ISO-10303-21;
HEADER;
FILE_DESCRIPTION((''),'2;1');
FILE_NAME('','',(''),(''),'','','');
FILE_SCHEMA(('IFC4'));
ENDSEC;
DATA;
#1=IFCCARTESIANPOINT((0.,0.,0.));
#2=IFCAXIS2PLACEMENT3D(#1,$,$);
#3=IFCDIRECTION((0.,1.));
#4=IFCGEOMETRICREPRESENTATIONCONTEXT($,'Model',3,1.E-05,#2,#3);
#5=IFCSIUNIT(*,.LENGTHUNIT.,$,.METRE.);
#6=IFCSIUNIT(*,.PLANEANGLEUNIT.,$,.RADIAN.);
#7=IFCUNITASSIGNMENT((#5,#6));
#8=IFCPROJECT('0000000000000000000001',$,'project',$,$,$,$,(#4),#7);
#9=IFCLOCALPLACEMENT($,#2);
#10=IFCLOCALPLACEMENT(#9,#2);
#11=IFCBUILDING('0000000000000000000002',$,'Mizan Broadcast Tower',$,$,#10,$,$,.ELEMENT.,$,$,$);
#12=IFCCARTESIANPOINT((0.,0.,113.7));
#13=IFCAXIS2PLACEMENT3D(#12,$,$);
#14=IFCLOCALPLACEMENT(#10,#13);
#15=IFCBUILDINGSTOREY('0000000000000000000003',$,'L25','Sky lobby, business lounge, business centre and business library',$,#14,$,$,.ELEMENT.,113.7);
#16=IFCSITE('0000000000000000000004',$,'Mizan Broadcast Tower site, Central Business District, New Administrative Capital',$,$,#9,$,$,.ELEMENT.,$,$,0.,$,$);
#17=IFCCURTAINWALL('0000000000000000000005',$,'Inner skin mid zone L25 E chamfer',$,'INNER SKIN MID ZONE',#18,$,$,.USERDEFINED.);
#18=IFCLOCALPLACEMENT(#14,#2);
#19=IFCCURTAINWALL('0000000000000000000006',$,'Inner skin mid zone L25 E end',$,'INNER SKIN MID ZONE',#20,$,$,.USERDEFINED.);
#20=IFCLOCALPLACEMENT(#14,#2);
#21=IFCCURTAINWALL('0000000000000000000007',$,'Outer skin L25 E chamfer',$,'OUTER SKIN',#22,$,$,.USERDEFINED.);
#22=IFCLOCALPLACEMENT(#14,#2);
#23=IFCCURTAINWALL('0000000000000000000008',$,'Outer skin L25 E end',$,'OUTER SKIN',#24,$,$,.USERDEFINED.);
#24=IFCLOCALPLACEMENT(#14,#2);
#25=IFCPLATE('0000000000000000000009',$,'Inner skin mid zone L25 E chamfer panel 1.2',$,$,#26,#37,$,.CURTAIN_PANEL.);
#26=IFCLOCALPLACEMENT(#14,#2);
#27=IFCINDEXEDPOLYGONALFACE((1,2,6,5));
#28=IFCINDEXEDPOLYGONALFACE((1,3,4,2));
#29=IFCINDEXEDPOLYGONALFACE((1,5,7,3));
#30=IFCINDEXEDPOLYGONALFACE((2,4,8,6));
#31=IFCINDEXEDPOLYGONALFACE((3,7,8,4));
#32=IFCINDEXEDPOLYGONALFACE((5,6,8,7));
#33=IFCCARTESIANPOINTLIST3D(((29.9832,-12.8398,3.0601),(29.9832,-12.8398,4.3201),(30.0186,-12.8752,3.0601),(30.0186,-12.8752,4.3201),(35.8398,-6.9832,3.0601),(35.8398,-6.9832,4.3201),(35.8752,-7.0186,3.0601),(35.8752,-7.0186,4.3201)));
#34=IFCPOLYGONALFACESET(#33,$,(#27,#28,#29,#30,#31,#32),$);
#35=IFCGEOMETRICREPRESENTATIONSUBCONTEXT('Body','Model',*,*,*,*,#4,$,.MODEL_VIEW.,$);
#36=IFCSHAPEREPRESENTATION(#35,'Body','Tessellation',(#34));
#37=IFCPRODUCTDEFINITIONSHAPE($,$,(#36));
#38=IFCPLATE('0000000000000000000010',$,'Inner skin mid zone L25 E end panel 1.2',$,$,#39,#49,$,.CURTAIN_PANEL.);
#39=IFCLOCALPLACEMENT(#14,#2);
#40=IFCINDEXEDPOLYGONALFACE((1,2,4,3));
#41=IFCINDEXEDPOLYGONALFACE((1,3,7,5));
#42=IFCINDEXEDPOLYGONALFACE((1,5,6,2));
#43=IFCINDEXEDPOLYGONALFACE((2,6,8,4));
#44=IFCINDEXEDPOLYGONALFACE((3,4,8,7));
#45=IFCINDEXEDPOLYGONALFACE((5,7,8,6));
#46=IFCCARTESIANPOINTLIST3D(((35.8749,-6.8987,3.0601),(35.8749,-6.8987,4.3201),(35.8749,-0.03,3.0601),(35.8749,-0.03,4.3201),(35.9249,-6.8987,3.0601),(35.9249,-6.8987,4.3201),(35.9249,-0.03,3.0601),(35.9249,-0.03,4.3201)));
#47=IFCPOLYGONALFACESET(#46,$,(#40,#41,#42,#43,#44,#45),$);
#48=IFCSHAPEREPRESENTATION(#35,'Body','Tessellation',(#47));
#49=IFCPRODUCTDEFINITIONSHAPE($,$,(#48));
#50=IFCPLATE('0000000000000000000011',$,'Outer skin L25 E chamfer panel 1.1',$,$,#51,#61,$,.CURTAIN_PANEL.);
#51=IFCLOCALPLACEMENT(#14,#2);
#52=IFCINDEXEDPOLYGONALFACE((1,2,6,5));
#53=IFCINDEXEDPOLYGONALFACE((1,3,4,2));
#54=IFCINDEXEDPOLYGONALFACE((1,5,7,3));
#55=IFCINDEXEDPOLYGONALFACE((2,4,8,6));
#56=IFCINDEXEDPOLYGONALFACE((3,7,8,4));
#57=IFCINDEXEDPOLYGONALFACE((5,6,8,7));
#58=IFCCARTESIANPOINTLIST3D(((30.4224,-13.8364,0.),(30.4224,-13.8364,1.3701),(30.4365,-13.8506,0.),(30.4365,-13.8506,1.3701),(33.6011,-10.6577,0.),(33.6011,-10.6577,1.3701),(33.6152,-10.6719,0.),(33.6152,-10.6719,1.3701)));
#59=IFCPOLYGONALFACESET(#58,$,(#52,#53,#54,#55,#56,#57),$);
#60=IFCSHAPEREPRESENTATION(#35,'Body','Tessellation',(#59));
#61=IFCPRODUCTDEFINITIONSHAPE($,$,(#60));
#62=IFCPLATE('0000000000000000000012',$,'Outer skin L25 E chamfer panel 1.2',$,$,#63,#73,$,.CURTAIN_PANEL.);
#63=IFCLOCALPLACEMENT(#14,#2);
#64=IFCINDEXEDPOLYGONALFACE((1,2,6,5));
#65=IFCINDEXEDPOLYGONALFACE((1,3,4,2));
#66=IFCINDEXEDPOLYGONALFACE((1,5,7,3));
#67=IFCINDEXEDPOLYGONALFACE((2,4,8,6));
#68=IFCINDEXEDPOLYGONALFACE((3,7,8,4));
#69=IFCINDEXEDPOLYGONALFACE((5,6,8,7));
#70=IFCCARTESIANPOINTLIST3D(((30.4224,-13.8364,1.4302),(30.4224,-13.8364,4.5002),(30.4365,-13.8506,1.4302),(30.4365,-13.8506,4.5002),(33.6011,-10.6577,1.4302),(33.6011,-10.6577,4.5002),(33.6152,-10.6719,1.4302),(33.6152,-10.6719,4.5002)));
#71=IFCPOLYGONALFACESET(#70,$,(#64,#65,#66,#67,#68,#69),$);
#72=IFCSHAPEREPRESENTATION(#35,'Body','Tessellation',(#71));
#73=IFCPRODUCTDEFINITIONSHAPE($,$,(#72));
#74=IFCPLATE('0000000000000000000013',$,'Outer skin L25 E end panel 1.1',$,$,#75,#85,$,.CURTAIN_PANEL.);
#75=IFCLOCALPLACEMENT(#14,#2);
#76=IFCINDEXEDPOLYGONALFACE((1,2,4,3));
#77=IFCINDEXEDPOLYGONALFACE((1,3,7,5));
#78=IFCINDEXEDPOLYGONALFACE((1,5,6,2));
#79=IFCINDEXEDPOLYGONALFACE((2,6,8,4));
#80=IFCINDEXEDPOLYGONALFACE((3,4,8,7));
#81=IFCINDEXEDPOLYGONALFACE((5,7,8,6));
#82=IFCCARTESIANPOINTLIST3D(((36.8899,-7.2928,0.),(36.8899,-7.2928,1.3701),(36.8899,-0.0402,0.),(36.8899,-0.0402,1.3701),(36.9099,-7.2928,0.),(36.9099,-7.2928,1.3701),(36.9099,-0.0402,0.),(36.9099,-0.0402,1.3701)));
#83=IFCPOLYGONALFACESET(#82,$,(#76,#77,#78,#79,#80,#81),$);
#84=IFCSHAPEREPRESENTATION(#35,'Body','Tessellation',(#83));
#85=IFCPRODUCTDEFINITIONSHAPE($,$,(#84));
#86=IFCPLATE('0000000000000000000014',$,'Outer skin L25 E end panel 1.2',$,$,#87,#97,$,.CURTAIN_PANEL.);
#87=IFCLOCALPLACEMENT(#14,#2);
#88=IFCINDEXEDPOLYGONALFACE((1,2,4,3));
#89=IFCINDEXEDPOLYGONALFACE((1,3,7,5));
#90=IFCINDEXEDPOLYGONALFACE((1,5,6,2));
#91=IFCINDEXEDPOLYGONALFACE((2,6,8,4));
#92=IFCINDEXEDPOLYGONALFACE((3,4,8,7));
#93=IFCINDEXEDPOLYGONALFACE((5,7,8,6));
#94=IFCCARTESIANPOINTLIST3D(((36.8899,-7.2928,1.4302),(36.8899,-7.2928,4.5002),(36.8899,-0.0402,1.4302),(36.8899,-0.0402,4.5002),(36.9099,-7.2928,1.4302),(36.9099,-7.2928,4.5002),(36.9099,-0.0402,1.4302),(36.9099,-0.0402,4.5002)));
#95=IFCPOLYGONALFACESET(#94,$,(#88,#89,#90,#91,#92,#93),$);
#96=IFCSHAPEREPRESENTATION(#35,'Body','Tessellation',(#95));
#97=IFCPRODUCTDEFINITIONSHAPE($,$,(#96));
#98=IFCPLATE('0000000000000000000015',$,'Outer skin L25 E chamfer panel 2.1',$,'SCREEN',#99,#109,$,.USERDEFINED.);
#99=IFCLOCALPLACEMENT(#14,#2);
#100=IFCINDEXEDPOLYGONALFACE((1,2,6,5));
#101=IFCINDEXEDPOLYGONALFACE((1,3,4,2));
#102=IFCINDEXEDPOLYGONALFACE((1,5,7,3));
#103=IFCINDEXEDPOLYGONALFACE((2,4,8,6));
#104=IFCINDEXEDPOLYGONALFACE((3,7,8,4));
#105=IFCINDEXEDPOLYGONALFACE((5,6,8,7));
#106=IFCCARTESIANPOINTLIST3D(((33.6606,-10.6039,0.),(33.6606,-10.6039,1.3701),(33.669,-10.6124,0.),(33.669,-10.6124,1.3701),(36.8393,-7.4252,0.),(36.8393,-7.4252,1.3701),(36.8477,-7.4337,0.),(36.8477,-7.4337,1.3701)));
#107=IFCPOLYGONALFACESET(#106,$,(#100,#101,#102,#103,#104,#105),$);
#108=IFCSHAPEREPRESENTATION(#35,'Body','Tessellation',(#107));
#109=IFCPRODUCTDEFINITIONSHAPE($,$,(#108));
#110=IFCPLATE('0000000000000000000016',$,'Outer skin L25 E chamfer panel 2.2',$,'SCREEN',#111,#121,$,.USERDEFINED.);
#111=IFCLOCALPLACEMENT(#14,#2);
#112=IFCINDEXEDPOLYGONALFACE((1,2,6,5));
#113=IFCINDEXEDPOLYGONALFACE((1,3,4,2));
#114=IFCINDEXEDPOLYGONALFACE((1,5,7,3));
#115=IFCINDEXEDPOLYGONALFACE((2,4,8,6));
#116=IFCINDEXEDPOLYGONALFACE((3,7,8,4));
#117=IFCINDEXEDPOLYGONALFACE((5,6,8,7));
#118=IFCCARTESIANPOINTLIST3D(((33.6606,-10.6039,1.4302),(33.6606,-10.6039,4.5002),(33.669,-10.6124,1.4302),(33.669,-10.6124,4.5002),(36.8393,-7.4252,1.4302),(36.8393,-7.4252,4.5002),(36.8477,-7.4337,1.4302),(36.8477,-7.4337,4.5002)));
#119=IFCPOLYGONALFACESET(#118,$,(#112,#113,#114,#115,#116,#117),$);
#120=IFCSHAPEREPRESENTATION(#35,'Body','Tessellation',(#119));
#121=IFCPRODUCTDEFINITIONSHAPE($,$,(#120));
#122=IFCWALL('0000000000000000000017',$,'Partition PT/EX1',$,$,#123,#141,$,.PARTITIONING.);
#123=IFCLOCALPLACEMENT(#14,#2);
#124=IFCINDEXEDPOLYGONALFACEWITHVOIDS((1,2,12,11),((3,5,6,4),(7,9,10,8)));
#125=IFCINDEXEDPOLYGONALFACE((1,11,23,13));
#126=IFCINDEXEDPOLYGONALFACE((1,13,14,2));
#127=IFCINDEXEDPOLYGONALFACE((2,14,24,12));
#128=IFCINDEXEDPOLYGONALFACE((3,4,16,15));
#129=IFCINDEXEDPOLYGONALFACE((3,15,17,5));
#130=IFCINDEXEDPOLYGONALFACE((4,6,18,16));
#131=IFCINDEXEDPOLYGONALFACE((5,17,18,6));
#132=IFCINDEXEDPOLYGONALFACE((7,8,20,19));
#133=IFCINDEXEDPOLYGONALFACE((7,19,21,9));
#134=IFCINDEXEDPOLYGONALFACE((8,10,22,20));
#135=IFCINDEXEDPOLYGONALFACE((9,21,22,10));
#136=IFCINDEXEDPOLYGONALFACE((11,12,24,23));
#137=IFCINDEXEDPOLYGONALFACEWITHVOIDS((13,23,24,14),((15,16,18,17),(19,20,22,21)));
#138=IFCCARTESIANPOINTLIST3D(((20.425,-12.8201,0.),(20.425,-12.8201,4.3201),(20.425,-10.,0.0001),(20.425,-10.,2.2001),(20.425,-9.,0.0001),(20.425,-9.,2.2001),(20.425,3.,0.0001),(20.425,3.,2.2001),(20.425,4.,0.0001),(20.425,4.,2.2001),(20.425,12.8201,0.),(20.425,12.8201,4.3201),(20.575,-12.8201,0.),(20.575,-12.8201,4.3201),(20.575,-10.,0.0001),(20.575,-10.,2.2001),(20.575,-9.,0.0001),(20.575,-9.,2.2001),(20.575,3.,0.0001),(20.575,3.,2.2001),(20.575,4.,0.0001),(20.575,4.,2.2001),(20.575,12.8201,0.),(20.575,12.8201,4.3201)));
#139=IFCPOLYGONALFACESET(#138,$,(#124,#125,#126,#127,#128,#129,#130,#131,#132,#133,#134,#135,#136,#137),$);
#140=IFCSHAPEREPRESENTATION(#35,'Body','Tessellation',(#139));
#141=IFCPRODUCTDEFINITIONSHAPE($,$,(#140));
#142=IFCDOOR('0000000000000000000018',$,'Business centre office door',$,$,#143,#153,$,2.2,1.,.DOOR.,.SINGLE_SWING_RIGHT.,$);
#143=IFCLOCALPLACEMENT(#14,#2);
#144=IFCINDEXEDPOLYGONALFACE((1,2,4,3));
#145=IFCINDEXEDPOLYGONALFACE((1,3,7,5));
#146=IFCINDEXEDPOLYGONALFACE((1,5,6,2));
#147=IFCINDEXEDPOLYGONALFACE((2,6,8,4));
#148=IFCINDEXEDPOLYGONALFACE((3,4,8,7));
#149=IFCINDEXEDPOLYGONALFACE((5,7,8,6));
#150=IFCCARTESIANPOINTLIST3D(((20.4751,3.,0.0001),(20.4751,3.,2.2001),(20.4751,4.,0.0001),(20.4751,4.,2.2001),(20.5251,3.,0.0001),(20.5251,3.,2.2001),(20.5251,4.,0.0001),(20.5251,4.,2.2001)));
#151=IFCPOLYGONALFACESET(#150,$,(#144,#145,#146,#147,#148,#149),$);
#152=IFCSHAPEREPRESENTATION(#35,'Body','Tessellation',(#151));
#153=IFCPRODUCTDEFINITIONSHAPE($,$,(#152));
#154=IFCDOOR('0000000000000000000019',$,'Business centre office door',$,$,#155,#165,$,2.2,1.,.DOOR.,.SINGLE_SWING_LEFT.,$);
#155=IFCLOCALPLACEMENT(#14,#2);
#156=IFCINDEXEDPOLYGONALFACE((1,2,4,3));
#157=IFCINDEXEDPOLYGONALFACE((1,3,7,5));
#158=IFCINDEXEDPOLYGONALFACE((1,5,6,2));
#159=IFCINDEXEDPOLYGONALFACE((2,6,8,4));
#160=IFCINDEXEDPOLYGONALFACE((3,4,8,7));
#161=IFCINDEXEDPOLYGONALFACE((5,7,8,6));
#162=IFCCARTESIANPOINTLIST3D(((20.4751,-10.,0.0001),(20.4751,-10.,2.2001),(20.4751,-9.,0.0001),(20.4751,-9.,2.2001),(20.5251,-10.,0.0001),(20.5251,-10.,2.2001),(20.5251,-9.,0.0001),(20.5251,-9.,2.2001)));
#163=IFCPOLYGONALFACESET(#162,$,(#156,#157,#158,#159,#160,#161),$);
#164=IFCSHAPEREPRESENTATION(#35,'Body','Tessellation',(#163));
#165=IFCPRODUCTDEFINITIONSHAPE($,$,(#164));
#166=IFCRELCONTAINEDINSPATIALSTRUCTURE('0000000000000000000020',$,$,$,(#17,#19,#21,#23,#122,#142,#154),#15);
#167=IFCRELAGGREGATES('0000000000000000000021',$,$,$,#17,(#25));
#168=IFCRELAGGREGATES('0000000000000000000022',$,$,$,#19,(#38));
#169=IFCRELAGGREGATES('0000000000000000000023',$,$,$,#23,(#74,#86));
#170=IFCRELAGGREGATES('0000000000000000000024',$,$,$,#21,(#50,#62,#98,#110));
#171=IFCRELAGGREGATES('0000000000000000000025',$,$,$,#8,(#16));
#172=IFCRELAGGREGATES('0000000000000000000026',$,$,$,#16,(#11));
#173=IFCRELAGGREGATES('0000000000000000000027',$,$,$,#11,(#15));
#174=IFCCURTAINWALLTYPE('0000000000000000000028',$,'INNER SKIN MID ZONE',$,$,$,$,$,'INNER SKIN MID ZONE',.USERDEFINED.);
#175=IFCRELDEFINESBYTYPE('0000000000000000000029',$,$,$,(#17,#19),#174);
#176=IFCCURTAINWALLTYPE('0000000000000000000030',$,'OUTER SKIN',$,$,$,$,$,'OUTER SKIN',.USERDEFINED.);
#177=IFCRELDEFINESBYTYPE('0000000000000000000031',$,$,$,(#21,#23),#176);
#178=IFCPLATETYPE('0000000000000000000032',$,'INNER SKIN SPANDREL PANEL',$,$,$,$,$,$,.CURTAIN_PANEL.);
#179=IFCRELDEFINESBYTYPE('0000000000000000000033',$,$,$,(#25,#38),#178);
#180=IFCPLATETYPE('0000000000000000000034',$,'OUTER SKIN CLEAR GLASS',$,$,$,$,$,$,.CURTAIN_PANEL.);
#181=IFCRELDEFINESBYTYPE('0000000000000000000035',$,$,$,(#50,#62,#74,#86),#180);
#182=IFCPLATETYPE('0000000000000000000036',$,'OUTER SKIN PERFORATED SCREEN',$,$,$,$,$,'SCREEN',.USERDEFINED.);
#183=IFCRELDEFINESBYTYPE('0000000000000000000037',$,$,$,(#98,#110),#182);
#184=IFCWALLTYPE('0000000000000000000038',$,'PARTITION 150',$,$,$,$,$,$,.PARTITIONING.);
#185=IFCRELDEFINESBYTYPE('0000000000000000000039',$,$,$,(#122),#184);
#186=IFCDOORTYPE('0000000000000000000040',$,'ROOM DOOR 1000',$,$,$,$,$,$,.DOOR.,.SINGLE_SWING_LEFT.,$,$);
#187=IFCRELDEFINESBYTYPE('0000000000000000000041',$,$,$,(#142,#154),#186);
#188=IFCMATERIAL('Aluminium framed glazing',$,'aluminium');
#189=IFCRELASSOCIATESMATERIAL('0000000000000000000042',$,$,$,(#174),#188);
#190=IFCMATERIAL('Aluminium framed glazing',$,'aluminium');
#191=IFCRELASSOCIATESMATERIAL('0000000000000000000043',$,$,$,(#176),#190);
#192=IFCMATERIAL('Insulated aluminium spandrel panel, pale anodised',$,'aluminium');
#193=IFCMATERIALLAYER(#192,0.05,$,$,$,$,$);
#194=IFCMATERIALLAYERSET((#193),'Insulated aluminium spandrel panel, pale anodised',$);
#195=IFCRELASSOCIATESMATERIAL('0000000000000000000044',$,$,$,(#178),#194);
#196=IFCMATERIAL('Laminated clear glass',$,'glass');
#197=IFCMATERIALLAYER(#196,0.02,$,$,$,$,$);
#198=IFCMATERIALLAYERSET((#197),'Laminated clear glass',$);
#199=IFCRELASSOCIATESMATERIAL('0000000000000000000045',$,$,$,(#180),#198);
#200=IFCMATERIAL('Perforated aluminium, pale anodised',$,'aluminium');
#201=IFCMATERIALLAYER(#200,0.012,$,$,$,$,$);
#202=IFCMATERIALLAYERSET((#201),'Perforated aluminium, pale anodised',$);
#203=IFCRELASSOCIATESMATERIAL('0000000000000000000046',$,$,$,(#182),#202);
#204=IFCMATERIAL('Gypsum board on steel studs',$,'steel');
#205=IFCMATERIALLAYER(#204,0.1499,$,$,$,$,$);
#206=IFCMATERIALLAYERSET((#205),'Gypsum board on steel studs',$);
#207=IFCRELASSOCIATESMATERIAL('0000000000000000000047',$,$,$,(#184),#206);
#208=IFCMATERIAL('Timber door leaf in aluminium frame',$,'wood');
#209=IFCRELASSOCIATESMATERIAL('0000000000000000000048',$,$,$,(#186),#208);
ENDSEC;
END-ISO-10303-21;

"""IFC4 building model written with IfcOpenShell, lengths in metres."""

from ifc_helpers import new_model, si_unit, direction, frame, frame_2d, origin, origin_2d, place, context, subcontext, project, spatial, rectangle, extrude, material, layer, layer_set, type_object, element, fill, aggregate, save


model = new_model("IFC4")

# Units and contexts
model_context = context("Model", 3, precision=1e-05, world=origin(), true_north=direction((0.0, 1.0)))
body_context = subcontext(model_context, "Body", "Model", "MODEL_VIEW")
ifc_project = project(units=[si_unit("LENGTHUNIT", "METRE"), si_unit("PLANEANGLEUNIT", "RADIAN")], contexts=[model_context])

# Site, building, storey
site_placement = place(None, origin())
site = spatial("IfcSite", under=ifc_project, at=site_placement, Name="Mizan Broadcast Tower site, Central Business District, New Administrative Capital", CompositionType="ELEMENT", RefElevation=0.0)
building_placement = place(site_placement, origin())
building = spatial("IfcBuilding", under=site, at=building_placement, Name="Mizan Broadcast Tower", CompositionType="ELEMENT")
storey_placement = place(building_placement, frame((0.0, 0.0, 113.7)))
storey = spatial("IfcBuildingStorey", under=building, at=storey_placement, Name="L25", Description="Sky lobby, business lounge, business centre and business library", CompositionType="ELEMENT", Elevation=113.7)

# Shared definitions
ifc_material_1 = material(Name="Aluminium framed glazing", Category="aluminium")
curtain_wall_type_1 = type_object("IfcCurtainWallType", Name="INNER SKIN MID ZONE", ElementType="INNER SKIN MID ZONE", PredefinedType="USERDEFINED", material=ifc_material_1)

# Curtain wall
curtain_wall_1_placement = place(storey_placement, origin())
curtain_wall_1 = element("IfcCurtainWall", 1, at=curtain_wall_1_placement, inside=storey, type_object=curtain_wall_type_1, Name="Inner skin mid zone L25 E chamfer", ObjectType="INNER SKIN MID ZONE", PredefinedType="USERDEFINED")

# Curtain wall
curtain_wall_2_placement = place(storey_placement, origin())
curtain_wall_2 = element("IfcCurtainWall", 2, at=curtain_wall_2_placement, inside=storey, type_object=curtain_wall_type_1, Name="Inner skin mid zone L25 E end", ObjectType="INNER SKIN MID ZONE", PredefinedType="USERDEFINED")

# Curtain wall
ifc_material_2 = material(Name="Aluminium framed glazing", Category="aluminium")
curtain_wall_type_2 = type_object("IfcCurtainWallType", Name="OUTER SKIN", ElementType="OUTER SKIN", PredefinedType="USERDEFINED", material=ifc_material_2)
curtain_wall_3_placement = place(storey_placement, origin())
curtain_wall_3 = element("IfcCurtainWall", 3, at=curtain_wall_3_placement, inside=storey, type_object=curtain_wall_type_2, Name="Outer skin L25 E chamfer", ObjectType="OUTER SKIN", PredefinedType="USERDEFINED")

# Curtain wall
curtain_wall_4_placement = place(storey_placement, origin())
curtain_wall_4 = element("IfcCurtainWall", 4, at=curtain_wall_4_placement, inside=storey, type_object=curtain_wall_type_2, Name="Outer skin L25 E end", ObjectType="OUTER SKIN", PredefinedType="USERDEFINED")

# Plates
ifc_material_3 = material(Name="Insulated aluminium spandrel panel, pale anodised", Category="aluminium")
ifc_layer_1 = layer(ifc_material_3, 0.05)
ifc_layer_set_1 = layer_set([ifc_layer_1], Name="Insulated aluminium spandrel panel, pale anodised")
plate_type_1 = type_object("IfcPlateType", Name="INNER SKIN SPANDREL PANEL", PredefinedType="CURTAIN_PANEL", material=ifc_layer_set_1)
plate_1_placement = place(storey_placement, frame((32.9292, -9.9292, 3.0601), z_axis=(0.0, 0.0, 1.0), x_axis=(0.707107, 0.707107, 0.0)))
plate_1 = element("IfcPlate", 5, at=plate_1_placement, type_object=plate_type_1, Name="Inner skin mid zone L25 E chamfer panel 1.2", PredefinedType="CURTAIN_PANEL", context=body_context, shape_type="SweptSolid", body=[
    extrude(rectangle(XDim=8.2825, YDim=0.05, at=origin_2d()), origin(), (0.0, 0.0, 1.0), 1.26),
])
aggregate(curtain_wall_1, [plate_1])
plate_2_placement = place(storey_placement, frame((35.8999, -3.4644, 3.0601), z_axis=(0.0, 0.0, 1.0), x_axis=(0.0, 1.0, 0.0)))
plate_2 = element("IfcPlate", 6, at=plate_2_placement, type_object=plate_type_1, Name="Inner skin mid zone L25 E end panel 1.2", PredefinedType="CURTAIN_PANEL", context=body_context, shape_type="SweptSolid", body=[
    extrude(rectangle(XDim=6.8687, YDim=0.05, at=origin_2d()), origin(), (0.0, 0.0, 1.0), 1.26),
])
aggregate(curtain_wall_2, [plate_2])
ifc_material_4 = material(Name="Laminated clear glass", Category="glass")
ifc_layer_2 = layer(ifc_material_4, 0.02)
ifc_layer_set_2 = layer_set([ifc_layer_2], Name="Laminated clear glass")
plate_type_2 = type_object("IfcPlateType", Name="OUTER SKIN CLEAR GLASS", PredefinedType="CURTAIN_PANEL", material=ifc_layer_set_2)
plate_3_placement = place(storey_placement, frame((32.0188, -12.2542, 0.0), z_axis=(0.0, 0.0, 1.0), x_axis=(0.707107, 0.707107, 0.0)))
plate_3 = element("IfcPlate", 7, at=plate_3_placement, type_object=plate_type_2, Name="Outer skin L25 E chamfer panel 1.1", PredefinedType="CURTAIN_PANEL", context=body_context, shape_type="SweptSolid", body=[
    extrude(rectangle(XDim=4.4954, YDim=0.02, at=origin_2d()), origin(), (0.0, 0.0, 1.0), 1.3701),
])
plate_4_placement = place(storey_placement, frame((32.0188, -12.2542, 1.4302), z_axis=(0.0, 0.0, 1.0), x_axis=(0.707107, 0.707107, 0.0)))
plate_4 = element("IfcPlate", 8, at=plate_4_placement, type_object=plate_type_2, Name="Outer skin L25 E chamfer panel 1.2", PredefinedType="CURTAIN_PANEL", context=body_context, shape_type="SweptSolid", body=[
    extrude(rectangle(XDim=4.4954, YDim=0.02, at=origin_2d()), origin(), (0.0, 0.0, 1.0), 3.0701),
])
plate_5_placement = place(storey_placement, frame((36.8999, -3.6665, 0.0), z_axis=(0.0, 0.0, 1.0), x_axis=(0.0, 1.0, 0.0)))
plate_5 = element("IfcPlate", 9, at=plate_5_placement, type_object=plate_type_2, Name="Outer skin L25 E end panel 1.1", PredefinedType="CURTAIN_PANEL", context=body_context, shape_type="SweptSolid", body=[
    extrude(rectangle(XDim=7.2527, YDim=0.02, at=origin_2d()), origin(), (0.0, 0.0, 1.0), 1.3701),
])
plate_6_placement = place(storey_placement, frame((36.8999, -3.6665, 1.4302), z_axis=(0.0, 0.0, 1.0), x_axis=(0.0, 1.0, 0.0)))
plate_6 = element("IfcPlate", 10, at=plate_6_placement, type_object=plate_type_2, Name="Outer skin L25 E end panel 1.2", PredefinedType="CURTAIN_PANEL", context=body_context, shape_type="SweptSolid", body=[
    extrude(rectangle(XDim=7.2527, YDim=0.02, at=origin_2d()), origin(), (0.0, 0.0, 1.0), 3.0701),
])
aggregate(curtain_wall_4, [plate_5, plate_6])
ifc_material_5 = material(Name="Perforated aluminium, pale anodised", Category="aluminium")
ifc_layer_3 = layer(ifc_material_5, 0.012)
ifc_layer_set_3 = layer_set([ifc_layer_3], Name="Perforated aluminium, pale anodised")
plate_type_3 = type_object("IfcPlateType", Name="OUTER SKIN PERFORATED SCREEN", ElementType="SCREEN", PredefinedType="USERDEFINED", material=ifc_layer_set_3)
plate_7_placement = place(storey_placement, frame((35.2542, -9.0188, 0.0), z_axis=(0.0, 0.0, 1.0), x_axis=(0.707107, 0.707107, 0.0)))
plate_7 = element("IfcPlate", 11, at=plate_7_placement, type_object=plate_type_3, Name="Outer skin L25 E chamfer panel 2.1", ObjectType="SCREEN", PredefinedType="USERDEFINED", context=body_context, shape_type="SweptSolid", body=[
    extrude(rectangle(XDim=4.4954, YDim=0.012, at=origin_2d()), origin(), (0.0, 0.0, 1.0), 1.3701),
])
plate_8_placement = place(storey_placement, frame((35.2542, -9.0188, 1.4302), z_axis=(0.0, 0.0, 1.0), x_axis=(0.707107, 0.707107, 0.0)))
plate_8 = element("IfcPlate", 12, at=plate_8_placement, type_object=plate_type_3, Name="Outer skin L25 E chamfer panel 2.2", ObjectType="SCREEN", PredefinedType="USERDEFINED", context=body_context, shape_type="SweptSolid", body=[
    extrude(rectangle(XDim=4.4954, YDim=0.012, at=origin_2d()), origin(), (0.0, 0.0, 1.0), 3.0701),
])
aggregate(curtain_wall_3, [plate_3, plate_4, plate_7, plate_8])

# Wall, openings, doors
ifc_material_6 = material(Name="Gypsum board on steel studs", Category="steel")
ifc_layer_4 = layer(ifc_material_6, 0.1499)
ifc_layer_set_4 = layer_set([ifc_layer_4], Name="Gypsum board on steel studs")
wall_type = type_object("IfcWallType", Name="PARTITION 150", PredefinedType="PARTITIONING", material=ifc_layer_set_4)
wall_placement = place(storey_placement, frame((20.5, -12.8201, 0.0), z_axis=(0.0, 0.0, 1.0), x_axis=(0.0, 1.0, 0.0)))
wall = element("IfcWall", 13, at=wall_placement, inside=storey, type_object=wall_type, Name="Partition PT/EX1", PredefinedType="PARTITIONING", context=body_context, shape_type="SweptSolid", body=[
    extrude(rectangle(XDim=25.6401, YDim=0.1499, at=frame_2d((12.8201, 0.0))), origin(), (0.0, 0.0, 1.0), 4.3201),
])
opening_1_placement = place(wall_placement, frame((15.8201, 0.0, 0.0)))
opening_1 = element("IfcOpeningElement", 14, at=opening_1_placement, cuts=wall, PredefinedType="OPENING", context=body_context, shape_type="SweptSolid", body=[
    extrude(rectangle(XDim=1.0, YDim=2.2, at=frame_2d((0.5, 1.1001))), frame((0.0, 0.085, 0.0), z_axis=(0.0, -1.0, 0.0), x_axis=(1.0, 0.0, 0.0)), (0.0, 0.0, 1.0), 0.1699),
])
opening_2_placement = place(wall_placement, frame((2.8201, 0.0, 0.0)))
opening_2 = element("IfcOpeningElement", 15, at=opening_2_placement, cuts=wall, PredefinedType="OPENING", context=body_context, shape_type="SweptSolid", body=[
    extrude(rectangle(XDim=1.0, YDim=2.2, at=frame_2d((0.5, 1.1001))), frame((0.0, 0.085, 0.0), z_axis=(0.0, -1.0, 0.0), x_axis=(1.0, 0.0, 0.0)), (0.0, 0.0, 1.0), 0.1699),
])
ifc_material_7 = material(Name="Timber door leaf in aluminium frame", Category="wood")
door_type = type_object("IfcDoorType", Name="ROOM DOOR 1000", OperationType="SINGLE_SWING_LEFT", PredefinedType="DOOR", material=ifc_material_7)
door_1_placement = place(opening_1_placement, origin())
door_1 = element("IfcDoor", 16, at=door_1_placement, inside=storey, type_object=door_type, Name="Business centre office door", OperationType="SINGLE_SWING_RIGHT", OverallHeight=2.2, OverallWidth=1.0, PredefinedType="DOOR", context=body_context, shape_type="SweptSolid", body=[
    extrude(rectangle(XDim=1.0, YDim=2.2, at=frame_2d((0.5, 1.1001))), frame((0.0, 0.0249, 0.0), z_axis=(0.0, -1.0, 0.0), x_axis=(1.0, 0.0, 0.0)), (0.0, 0.0, 1.0), 0.05),
])
fill(opening_1, door_1)
door_2_placement = place(opening_2_placement, origin())
door_2 = element("IfcDoor", 17, at=door_2_placement, inside=storey, type_object=door_type, Name="Business centre office door", OperationType="SINGLE_SWING_LEFT", OverallHeight=2.2, OverallWidth=1.0, PredefinedType="DOOR", context=body_context, shape_type="SweptSolid", body=[
    extrude(rectangle(XDim=1.0, YDim=2.2, at=frame_2d((0.5, 1.1001))), frame((0.0, 0.0249, 0.0), z_axis=(0.0, -1.0, 0.0), x_axis=(1.0, 0.0, 0.0)), (0.0, 0.0, 1.0), 0.05),
])
fill(opening_2, door_2)

save(model, "model.ifc")
